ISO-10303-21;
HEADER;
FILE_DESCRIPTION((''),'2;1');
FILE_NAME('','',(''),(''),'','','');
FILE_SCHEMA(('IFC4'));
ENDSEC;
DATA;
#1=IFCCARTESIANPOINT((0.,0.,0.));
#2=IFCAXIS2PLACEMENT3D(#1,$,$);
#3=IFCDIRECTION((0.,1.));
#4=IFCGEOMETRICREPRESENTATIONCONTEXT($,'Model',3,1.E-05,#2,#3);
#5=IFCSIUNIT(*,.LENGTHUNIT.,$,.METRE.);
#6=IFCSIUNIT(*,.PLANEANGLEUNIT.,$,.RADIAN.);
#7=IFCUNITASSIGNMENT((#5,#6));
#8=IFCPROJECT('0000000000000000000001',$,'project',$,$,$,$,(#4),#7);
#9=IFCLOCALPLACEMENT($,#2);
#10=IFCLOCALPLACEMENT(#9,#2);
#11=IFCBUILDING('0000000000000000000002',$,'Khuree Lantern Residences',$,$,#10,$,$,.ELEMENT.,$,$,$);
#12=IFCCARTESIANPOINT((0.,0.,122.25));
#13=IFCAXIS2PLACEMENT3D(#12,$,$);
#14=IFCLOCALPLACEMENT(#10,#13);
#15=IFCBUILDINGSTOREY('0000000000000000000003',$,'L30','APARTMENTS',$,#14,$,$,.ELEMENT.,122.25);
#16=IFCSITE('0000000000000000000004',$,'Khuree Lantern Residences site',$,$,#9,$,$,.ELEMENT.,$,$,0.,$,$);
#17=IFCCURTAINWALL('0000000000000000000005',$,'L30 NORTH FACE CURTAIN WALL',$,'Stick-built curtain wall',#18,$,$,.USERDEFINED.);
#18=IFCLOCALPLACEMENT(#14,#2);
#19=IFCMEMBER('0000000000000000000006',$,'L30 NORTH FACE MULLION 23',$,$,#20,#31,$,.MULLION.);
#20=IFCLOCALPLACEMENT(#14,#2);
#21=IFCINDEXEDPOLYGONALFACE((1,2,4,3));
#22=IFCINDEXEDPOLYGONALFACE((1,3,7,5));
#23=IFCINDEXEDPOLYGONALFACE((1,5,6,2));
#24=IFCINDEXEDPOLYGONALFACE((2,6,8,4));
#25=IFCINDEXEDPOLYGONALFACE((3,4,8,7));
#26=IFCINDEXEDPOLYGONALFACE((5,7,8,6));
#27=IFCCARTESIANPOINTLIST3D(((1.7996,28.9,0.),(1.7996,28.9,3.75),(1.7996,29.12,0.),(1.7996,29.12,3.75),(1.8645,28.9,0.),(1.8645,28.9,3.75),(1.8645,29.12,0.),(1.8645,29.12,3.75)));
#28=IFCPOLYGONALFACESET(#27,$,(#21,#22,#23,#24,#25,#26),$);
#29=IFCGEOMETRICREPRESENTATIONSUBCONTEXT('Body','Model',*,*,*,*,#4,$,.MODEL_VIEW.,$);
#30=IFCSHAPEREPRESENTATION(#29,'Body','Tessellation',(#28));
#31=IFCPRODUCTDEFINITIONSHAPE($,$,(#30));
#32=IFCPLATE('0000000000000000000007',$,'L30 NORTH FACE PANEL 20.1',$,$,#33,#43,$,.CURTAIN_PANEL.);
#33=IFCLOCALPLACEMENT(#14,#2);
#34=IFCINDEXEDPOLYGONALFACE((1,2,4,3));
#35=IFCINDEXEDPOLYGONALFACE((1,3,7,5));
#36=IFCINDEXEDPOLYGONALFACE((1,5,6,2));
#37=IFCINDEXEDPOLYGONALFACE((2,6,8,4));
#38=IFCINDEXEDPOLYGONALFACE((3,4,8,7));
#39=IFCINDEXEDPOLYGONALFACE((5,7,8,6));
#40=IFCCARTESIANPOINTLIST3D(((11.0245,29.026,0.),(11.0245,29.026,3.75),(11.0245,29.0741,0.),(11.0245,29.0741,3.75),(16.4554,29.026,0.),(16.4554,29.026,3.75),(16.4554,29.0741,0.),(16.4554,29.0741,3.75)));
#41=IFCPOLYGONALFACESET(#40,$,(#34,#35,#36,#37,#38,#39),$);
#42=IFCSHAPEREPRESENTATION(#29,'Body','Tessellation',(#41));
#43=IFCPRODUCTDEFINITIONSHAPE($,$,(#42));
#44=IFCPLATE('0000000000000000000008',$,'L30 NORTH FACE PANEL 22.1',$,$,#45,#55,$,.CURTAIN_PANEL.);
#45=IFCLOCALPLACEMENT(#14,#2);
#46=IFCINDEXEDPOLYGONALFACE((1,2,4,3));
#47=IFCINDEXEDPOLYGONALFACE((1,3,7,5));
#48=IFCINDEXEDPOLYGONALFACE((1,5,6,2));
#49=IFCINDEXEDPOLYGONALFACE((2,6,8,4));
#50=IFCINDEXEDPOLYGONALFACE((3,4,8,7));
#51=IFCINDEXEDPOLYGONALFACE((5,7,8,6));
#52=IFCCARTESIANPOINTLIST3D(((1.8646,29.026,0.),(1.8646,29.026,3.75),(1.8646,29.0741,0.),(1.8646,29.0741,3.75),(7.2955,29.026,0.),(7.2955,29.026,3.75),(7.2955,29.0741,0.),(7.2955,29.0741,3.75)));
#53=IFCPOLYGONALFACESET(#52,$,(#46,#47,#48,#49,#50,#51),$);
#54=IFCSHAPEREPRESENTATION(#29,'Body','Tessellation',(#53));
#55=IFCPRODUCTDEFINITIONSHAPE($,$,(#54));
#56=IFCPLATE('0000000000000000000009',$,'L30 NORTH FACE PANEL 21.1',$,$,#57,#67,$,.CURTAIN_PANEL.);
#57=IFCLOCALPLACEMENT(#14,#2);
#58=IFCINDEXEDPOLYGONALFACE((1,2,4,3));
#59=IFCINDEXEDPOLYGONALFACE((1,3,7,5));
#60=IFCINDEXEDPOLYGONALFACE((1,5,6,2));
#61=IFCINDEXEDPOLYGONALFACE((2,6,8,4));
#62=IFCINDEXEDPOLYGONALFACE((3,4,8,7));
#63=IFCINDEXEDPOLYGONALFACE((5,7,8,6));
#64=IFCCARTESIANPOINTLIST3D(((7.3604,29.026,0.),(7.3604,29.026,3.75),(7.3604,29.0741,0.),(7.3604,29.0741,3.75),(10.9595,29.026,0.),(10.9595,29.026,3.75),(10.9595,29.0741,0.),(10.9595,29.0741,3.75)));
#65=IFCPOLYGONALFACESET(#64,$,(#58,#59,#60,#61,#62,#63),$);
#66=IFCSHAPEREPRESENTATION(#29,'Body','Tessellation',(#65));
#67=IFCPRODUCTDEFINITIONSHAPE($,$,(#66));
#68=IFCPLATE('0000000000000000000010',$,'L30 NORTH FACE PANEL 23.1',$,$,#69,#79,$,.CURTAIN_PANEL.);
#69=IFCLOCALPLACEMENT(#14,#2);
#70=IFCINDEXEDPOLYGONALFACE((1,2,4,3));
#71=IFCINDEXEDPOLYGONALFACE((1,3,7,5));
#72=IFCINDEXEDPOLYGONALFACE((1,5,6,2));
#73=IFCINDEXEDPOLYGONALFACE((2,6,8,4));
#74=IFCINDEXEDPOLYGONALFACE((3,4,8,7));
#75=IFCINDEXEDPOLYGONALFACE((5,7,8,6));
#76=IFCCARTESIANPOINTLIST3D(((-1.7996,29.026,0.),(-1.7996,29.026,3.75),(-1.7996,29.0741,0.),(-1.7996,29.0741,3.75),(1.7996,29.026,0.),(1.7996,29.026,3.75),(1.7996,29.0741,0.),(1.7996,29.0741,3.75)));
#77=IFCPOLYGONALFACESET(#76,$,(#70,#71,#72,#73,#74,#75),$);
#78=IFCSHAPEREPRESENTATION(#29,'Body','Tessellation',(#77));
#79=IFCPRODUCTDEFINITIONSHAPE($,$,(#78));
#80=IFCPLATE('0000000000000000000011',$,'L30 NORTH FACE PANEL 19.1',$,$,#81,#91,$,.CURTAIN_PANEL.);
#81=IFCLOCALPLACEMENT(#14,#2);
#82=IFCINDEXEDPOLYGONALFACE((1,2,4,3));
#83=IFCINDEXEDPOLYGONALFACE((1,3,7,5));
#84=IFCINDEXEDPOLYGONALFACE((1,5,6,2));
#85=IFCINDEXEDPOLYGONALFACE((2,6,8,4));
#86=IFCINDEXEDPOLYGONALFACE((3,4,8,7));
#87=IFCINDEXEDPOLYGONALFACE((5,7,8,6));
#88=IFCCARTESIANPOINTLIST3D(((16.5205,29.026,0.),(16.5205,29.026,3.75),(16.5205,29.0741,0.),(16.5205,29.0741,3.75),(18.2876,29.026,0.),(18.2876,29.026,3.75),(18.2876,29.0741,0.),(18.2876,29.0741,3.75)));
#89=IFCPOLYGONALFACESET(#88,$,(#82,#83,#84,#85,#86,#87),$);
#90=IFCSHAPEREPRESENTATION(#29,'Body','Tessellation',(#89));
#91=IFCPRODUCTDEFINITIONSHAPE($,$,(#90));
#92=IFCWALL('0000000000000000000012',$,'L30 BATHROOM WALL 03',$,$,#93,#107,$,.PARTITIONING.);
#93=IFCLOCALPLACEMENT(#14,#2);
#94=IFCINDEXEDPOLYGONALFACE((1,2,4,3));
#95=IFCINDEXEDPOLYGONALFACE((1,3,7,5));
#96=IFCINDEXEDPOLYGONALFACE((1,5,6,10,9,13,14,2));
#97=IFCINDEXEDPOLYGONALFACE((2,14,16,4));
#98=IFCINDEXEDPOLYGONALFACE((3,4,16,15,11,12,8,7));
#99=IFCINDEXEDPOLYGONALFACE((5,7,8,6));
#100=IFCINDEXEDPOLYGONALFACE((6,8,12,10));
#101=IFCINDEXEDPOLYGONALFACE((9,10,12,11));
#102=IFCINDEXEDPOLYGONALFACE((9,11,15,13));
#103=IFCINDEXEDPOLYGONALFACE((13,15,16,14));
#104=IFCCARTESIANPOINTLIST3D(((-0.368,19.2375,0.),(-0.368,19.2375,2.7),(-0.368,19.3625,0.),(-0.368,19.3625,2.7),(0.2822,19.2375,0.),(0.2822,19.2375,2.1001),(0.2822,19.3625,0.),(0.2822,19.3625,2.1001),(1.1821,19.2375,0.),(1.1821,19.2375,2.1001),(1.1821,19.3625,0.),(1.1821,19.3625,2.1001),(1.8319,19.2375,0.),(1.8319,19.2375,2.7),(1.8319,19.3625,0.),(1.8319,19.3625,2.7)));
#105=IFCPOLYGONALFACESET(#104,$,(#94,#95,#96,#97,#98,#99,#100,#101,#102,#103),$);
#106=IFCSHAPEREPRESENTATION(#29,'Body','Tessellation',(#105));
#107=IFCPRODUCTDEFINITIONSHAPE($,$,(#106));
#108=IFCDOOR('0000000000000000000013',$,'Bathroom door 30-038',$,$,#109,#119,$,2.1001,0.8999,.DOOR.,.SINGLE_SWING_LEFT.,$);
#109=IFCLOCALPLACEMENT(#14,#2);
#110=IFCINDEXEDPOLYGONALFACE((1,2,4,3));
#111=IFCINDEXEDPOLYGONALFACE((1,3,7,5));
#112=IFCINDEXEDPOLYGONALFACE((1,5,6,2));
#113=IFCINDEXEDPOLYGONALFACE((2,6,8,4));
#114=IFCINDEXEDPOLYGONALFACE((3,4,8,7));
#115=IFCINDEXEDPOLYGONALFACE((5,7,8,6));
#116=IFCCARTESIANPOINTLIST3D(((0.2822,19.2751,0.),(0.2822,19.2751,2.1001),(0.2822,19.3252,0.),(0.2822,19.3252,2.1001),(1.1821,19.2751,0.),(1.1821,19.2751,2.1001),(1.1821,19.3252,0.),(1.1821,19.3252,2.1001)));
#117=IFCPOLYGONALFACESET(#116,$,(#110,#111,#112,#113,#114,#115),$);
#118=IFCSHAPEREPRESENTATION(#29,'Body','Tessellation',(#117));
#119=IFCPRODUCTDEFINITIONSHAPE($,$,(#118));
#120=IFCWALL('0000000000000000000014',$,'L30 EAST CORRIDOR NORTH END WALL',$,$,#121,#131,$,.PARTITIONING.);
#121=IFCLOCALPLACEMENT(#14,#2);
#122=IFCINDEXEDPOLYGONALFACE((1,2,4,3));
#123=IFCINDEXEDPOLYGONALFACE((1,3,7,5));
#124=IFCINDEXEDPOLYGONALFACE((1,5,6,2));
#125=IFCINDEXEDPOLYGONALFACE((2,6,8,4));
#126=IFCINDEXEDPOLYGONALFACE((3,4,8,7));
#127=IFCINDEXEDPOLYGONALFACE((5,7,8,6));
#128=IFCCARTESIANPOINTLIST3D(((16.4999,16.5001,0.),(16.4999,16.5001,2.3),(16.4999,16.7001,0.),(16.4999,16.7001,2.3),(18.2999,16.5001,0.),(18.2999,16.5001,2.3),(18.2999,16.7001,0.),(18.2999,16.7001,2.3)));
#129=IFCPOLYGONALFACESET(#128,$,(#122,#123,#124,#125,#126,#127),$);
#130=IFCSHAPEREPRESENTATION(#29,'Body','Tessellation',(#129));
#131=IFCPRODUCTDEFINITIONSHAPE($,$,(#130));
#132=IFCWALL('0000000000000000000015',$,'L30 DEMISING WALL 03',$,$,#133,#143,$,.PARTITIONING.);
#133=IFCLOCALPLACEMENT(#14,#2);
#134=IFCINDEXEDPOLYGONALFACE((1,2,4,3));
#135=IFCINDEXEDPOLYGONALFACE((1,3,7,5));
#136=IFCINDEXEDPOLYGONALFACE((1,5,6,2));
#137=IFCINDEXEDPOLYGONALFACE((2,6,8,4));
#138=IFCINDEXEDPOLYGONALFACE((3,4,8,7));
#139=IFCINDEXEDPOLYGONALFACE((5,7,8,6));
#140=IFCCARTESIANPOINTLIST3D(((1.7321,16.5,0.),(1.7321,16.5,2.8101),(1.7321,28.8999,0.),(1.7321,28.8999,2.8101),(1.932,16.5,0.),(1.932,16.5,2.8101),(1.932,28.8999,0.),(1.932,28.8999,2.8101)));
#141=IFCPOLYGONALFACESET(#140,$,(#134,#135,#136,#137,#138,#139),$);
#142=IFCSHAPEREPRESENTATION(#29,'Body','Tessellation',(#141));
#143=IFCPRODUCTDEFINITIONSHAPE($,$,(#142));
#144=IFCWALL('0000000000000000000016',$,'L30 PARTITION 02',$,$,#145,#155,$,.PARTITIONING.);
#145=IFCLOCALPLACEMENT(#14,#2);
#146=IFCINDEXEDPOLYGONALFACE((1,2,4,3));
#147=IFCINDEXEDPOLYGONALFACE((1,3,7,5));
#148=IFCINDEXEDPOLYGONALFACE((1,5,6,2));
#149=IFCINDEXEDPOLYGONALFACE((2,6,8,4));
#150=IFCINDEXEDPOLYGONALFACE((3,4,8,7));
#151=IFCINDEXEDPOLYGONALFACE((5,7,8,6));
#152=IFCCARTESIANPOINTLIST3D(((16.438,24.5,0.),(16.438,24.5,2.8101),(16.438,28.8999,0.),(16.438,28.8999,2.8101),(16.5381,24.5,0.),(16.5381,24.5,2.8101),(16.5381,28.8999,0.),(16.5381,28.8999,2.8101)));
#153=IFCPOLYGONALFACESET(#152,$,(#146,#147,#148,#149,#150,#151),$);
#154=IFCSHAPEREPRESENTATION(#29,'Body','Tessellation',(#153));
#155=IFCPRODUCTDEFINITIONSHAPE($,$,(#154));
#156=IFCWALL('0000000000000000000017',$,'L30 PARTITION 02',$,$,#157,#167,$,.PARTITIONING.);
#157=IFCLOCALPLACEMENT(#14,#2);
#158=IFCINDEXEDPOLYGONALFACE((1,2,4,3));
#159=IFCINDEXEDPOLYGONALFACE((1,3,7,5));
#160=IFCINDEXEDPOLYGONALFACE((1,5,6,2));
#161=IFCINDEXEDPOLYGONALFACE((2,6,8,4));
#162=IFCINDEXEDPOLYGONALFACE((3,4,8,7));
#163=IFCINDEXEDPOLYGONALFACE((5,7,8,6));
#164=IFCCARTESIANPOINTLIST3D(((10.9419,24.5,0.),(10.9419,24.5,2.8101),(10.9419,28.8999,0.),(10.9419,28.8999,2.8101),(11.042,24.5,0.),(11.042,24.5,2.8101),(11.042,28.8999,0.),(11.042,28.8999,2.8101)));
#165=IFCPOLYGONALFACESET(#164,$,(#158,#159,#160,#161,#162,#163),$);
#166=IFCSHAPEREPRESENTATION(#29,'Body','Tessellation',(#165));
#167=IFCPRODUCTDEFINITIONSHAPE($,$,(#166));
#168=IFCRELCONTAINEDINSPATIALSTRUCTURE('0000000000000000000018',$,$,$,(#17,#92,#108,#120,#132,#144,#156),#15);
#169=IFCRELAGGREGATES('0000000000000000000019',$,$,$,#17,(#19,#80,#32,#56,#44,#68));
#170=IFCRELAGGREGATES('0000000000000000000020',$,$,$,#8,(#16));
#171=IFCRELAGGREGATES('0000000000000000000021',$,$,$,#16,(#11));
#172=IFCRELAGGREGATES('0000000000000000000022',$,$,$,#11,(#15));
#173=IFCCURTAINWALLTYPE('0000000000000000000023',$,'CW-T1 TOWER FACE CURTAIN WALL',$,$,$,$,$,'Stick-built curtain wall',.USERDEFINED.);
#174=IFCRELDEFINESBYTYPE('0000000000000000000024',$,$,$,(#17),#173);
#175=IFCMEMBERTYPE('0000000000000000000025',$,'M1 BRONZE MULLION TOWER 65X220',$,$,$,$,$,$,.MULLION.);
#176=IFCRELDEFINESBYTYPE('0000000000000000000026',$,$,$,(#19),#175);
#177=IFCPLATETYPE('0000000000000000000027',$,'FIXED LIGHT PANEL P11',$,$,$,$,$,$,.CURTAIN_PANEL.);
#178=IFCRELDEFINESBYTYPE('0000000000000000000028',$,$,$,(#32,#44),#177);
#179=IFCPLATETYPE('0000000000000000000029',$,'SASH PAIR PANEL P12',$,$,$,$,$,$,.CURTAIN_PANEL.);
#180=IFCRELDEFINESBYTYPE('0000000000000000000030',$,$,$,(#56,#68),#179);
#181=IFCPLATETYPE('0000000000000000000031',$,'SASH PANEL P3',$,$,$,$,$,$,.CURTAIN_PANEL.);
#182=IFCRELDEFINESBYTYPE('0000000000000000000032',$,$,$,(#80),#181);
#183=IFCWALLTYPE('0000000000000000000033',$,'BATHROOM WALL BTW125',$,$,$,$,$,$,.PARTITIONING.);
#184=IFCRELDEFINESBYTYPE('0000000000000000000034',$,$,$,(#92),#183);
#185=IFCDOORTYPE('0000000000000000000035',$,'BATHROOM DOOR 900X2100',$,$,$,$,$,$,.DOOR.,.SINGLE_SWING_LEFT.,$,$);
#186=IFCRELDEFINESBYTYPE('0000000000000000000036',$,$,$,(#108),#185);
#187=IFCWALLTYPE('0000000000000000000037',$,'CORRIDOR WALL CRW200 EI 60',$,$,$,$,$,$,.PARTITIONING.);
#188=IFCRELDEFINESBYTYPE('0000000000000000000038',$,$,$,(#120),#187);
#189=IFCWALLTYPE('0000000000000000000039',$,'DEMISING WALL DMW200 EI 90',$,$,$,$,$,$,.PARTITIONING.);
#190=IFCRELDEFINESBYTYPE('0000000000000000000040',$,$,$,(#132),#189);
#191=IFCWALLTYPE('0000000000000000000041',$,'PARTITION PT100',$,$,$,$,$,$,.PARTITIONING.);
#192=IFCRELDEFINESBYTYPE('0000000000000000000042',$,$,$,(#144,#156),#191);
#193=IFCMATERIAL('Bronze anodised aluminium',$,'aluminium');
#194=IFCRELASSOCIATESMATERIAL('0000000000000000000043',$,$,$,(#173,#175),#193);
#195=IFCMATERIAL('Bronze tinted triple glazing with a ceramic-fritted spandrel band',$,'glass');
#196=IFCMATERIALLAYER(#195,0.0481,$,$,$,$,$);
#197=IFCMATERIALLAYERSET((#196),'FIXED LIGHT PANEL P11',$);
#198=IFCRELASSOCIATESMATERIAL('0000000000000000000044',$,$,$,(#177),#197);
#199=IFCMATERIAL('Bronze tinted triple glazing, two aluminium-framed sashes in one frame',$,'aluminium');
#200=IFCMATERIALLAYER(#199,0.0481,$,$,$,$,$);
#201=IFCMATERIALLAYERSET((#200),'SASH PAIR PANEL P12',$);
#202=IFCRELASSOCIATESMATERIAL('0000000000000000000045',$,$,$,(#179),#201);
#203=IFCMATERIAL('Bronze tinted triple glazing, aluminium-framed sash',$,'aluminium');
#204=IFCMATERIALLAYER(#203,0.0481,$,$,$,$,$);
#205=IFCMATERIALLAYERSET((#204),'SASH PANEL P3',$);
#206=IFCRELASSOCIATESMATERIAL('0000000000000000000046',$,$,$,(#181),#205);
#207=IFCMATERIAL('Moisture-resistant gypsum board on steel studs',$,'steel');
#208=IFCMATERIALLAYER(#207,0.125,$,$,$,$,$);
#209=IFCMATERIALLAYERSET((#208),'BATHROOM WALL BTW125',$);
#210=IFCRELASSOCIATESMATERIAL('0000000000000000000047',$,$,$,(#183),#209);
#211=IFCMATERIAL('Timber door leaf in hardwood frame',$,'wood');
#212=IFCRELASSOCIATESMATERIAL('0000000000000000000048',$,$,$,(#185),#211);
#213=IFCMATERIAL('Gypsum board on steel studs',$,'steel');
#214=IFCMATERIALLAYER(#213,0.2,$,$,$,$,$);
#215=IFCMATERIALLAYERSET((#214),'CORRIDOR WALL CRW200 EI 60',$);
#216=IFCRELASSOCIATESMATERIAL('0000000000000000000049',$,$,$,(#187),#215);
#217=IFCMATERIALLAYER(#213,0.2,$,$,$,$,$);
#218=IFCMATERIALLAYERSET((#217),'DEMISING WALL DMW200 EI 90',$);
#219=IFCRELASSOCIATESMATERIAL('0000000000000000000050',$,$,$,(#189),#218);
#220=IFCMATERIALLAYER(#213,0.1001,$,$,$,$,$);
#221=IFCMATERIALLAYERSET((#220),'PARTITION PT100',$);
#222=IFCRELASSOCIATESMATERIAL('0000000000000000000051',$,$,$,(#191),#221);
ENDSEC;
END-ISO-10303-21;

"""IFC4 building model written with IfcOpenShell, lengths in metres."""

from ifc_helpers import new_model, si_unit, direction, frame, frame_2d, origin, origin_2d, place, context, subcontext, project, spatial, rectangle, extrude, material, layer, layer_set, material_profile, profile_set, type_object, element, fill, aggregate, save


model = new_model("IFC4")

# Units and contexts
model_context = context("Model", 3, precision=1e-05, world=origin(), true_north=direction((0.0, 1.0)))
body_context = subcontext(model_context, "Body", "Model", "MODEL_VIEW")
ifc_project = project(units=[si_unit("LENGTHUNIT", "METRE"), si_unit("PLANEANGLEUNIT", "RADIAN")], contexts=[model_context])

# Site, building, storey
site_placement = place(None, origin())
site = spatial("IfcSite", under=ifc_project, at=site_placement, Name="Khuree Lantern Residences site", CompositionType="ELEMENT", RefElevation=0.0)
building_placement = place(site_placement, origin())
building = spatial("IfcBuilding", under=site, at=building_placement, Name="Khuree Lantern Residences", CompositionType="ELEMENT")
storey_placement = place(building_placement, frame((0.0, 0.0, 122.25)))
storey = spatial("IfcBuildingStorey", under=building, at=storey_placement, Name="L30", Description="APARTMENTS", CompositionType="ELEMENT", Elevation=122.25)

# Curtain wall
ifc_material_1 = material(Name="Bronze anodised aluminium", Category="aluminium")
curtain_wall_type = type_object("IfcCurtainWallType", Name="CW-T1 TOWER FACE CURTAIN WALL", ElementType="Stick-built curtain wall", PredefinedType="USERDEFINED", material=ifc_material_1)
curtain_wall_placement = place(storey_placement, origin())
curtain_wall = element("IfcCurtainWall", 1, at=curtain_wall_placement, inside=storey, type_object=curtain_wall_type, Name="L30 NORTH FACE CURTAIN WALL", ObjectType="Stick-built curtain wall", PredefinedType="USERDEFINED")

# Member
ifc_material_profile_1 = material_profile(ifc_material_1, rectangle(XDim=0.0649, YDim=0.22, at=origin_2d()), Name="M1 65X220")
ifc_profile_set_1 = profile_set([ifc_material_profile_1], Name="Bronze anodised aluminium")
member_type_1 = type_object("IfcMemberType", Name="M1 BRONZE MULLION TOWER 65X220", PredefinedType="MULLION", material=ifc_profile_set_1)
member_1_placement = place(storey_placement, frame((1.832, 29.01, 0.0), z_axis=(0.0, 0.0, 1.0), x_axis=(-1.0, 0.0, 0.0)))
member_1 = element("IfcMember", 2, at=member_1_placement, type_object=member_type_1, Name="L30 NORTH FACE MULLION 23", PredefinedType="MULLION", context=body_context, shape_type="SweptSolid", body=[
    extrude(rectangle(XDim=0.0649, YDim=0.22, at=origin_2d()), origin(), (0.0, 0.0, 1.0), 3.75),
])

# Plates
ifc_material_2 = material(Name="Bronze tinted triple glazing with a ceramic-fritted spandrel band", Category="glass")
ifc_layer_1 = layer(ifc_material_2, 0.0481)
ifc_layer_set_1 = layer_set([ifc_layer_1], Name="FIXED LIGHT PANEL P11")
plate_type_1 = type_object("IfcPlateType", Name="FIXED LIGHT PANEL P11", PredefinedType="CURTAIN_PANEL", material=ifc_layer_set_1)
plate_1_placement = place(storey_placement, frame((13.74, 29.05, 0.0), z_axis=(0.0, 0.0, 1.0), x_axis=(-1.0, 0.0, 0.0)))
plate_1 = element("IfcPlate", 3, at=plate_1_placement, type_object=plate_type_1, Name="L30 NORTH FACE PANEL 20.1", PredefinedType="CURTAIN_PANEL", context=body_context, shape_type="SweptSolid", body=[
    extrude(rectangle(XDim=5.4309, YDim=0.0481, at=origin_2d()), origin(), (0.0, 0.0, 1.0), 3.75),
])
plate_2_placement = place(storey_placement, frame((4.5801, 29.05, 0.0), z_axis=(0.0, 0.0, 1.0), x_axis=(-1.0, 0.0, 0.0)))
plate_2 = element("IfcPlate", 4, at=plate_2_placement, type_object=plate_type_1, Name="L30 NORTH FACE PANEL 22.1", PredefinedType="CURTAIN_PANEL", context=body_context, shape_type="SweptSolid", body=[
    extrude(rectangle(XDim=5.4309, YDim=0.0481, at=origin_2d()), origin(), (0.0, 0.0, 1.0), 3.75),
])
ifc_material_3 = material(Name="Bronze tinted triple glazing, two aluminium-framed sashes in one frame", Category="aluminium")
ifc_layer_2 = layer(ifc_material_3, 0.0481)
ifc_layer_set_2 = layer_set([ifc_layer_2], Name="SASH PAIR PANEL P12")
plate_type_2 = type_object("IfcPlateType", Name="SASH PAIR PANEL P12", PredefinedType="CURTAIN_PANEL", material=ifc_layer_set_2)
plate_3_placement = place(storey_placement, frame((9.1599, 29.05, 0.0), z_axis=(0.0, 0.0, 1.0), x_axis=(-1.0, 0.0, 0.0)))
plate_3 = element("IfcPlate", 5, at=plate_3_placement, type_object=plate_type_2, Name="L30 NORTH FACE PANEL 21.1", PredefinedType="CURTAIN_PANEL", context=body_context, shape_type="SweptSolid", body=[
    extrude(rectangle(XDim=3.5991, YDim=0.0481, at=origin_2d()), origin(), (0.0, 0.0, 1.0), 3.75),
])
plate_4_placement = place(storey_placement, frame((0.0, 29.05, 0.0), z_axis=(0.0, 0.0, 1.0), x_axis=(-1.0, 0.0, 0.0)))
plate_4 = element("IfcPlate", 6, at=plate_4_placement, type_object=plate_type_2, Name="L30 NORTH FACE PANEL 23.1", PredefinedType="CURTAIN_PANEL", context=body_context, shape_type="SweptSolid", body=[
    extrude(rectangle(XDim=3.5991, YDim=0.0481, at=origin_2d()), origin(), (0.0, 0.0, 1.0), 3.75),
])
ifc_material_4 = material(Name="Bronze tinted triple glazing, aluminium-framed sash", Category="aluminium")
ifc_layer_3 = layer(ifc_material_4, 0.0481)
ifc_layer_set_3 = layer_set([ifc_layer_3], Name="SASH PANEL P3")
plate_type_3 = type_object("IfcPlateType", Name="SASH PANEL P3", PredefinedType="CURTAIN_PANEL", material=ifc_layer_set_3)
plate_5_placement = place(storey_placement, frame((17.4041, 29.05, 0.0), z_axis=(0.0, 0.0, 1.0), x_axis=(-1.0, 0.0, 0.0)))
plate_5 = element("IfcPlate", 7, at=plate_5_placement, type_object=plate_type_3, Name="L30 NORTH FACE PANEL 19.1", PredefinedType="CURTAIN_PANEL", context=body_context, shape_type="SweptSolid", body=[
    extrude(rectangle(XDim=1.7671, YDim=0.0481, at=origin_2d()), origin(), (0.0, 0.0, 1.0), 3.75),
])
aggregate(curtain_wall, [member_1, plate_5, plate_1, plate_3, plate_2, plate_4])

# Wall, opening, door
ifc_material_5 = material(Name="Moisture-resistant gypsum board on steel studs", Category="steel")
ifc_layer_4 = layer(ifc_material_5, 0.125)
ifc_layer_set_4 = layer_set([ifc_layer_4], Name="BATHROOM WALL BTW125")
wall_type_1 = type_object("IfcWallType", Name="BATHROOM WALL BTW125", PredefinedType="PARTITIONING", material=ifc_layer_set_4)
wall_1_placement = place(storey_placement, frame((1.832, 19.3, 0.0), z_axis=(0.0, 0.0, 1.0), x_axis=(-1.0, 0.0, 0.0)))
wall_1 = element("IfcWall", 8, at=wall_1_placement, inside=storey, type_object=wall_type_1, Name="L30 BATHROOM WALL 03", PredefinedType="PARTITIONING", context=body_context, shape_type="SweptSolid", body=[
    extrude(rectangle(XDim=2.2, YDim=0.125, at=frame_2d((1.1001, 0.0))), origin(), (0.0, 0.0, 1.0), 2.7),
])
opening_1_placement = place(wall_1_placement, frame((0.6499, 0.0, 0.0)))
opening_1 = element("IfcOpeningElement", 9, at=opening_1_placement, cuts=wall_1, PredefinedType="OPENING", context=body_context, shape_type="SweptSolid", body=[
    extrude(rectangle(XDim=0.8999, YDim=2.1001, at=frame_2d((0.45, 1.05))), frame((0.0, 0.0725, 0.0), z_axis=(0.0, -1.0, 0.0), x_axis=(1.0, 0.0, 0.0)), (0.0, 0.0, 1.0), 0.145),
])
ifc_material_6 = material(Name="Timber door leaf in hardwood frame", Category="wood")
door_type_1 = type_object("IfcDoorType", Name="BATHROOM DOOR 900X2100", OperationType="SINGLE_SWING_LEFT", PredefinedType="DOOR", material=ifc_material_6)
door_1_placement = place(opening_1_placement, origin())
door_1 = element("IfcDoor", 10, at=door_1_placement, inside=storey, type_object=door_type_1, Name="Bathroom door 30-038", OperationType="SINGLE_SWING_LEFT", OverallHeight=2.1001, OverallWidth=0.8999, PredefinedType="DOOR", context=body_context, shape_type="SweptSolid", body=[
    extrude(rectangle(XDim=0.8999, YDim=2.1001, at=frame_2d((0.45, 1.05))), frame((0.0, 0.0249, 0.0), z_axis=(0.0, -1.0, 0.0), x_axis=(1.0, 0.0, 0.0)), (0.0, 0.0, 1.0), 0.05),
])
fill(opening_1, door_1)

# Walls
ifc_material_7 = material(Name="Gypsum board on steel studs", Category="steel")
ifc_layer_5 = layer(ifc_material_7, 0.2)
ifc_layer_set_5 = layer_set([ifc_layer_5], Name="CORRIDOR WALL CRW200 EI 60")
wall_type_2 = type_object("IfcWallType", Name="CORRIDOR WALL CRW200 EI 60", PredefinedType="PARTITIONING", material=ifc_layer_set_5)
wall_2_placement = place(storey_placement, frame((16.5, 16.6001, 0.0), z_axis=(0.0, 0.0, 1.0), x_axis=(1.0, 0.0, 0.0)))
element("IfcWall", 11, at=wall_2_placement, inside=storey, type_object=wall_type_2, Name="L30 EAST CORRIDOR NORTH END WALL", PredefinedType="PARTITIONING", context=body_context, shape_type="SweptSolid", body=[
    extrude(rectangle(XDim=1.8, YDim=0.2, at=frame_2d((0.8999, 0.0))), origin(), (0.0, 0.0, 1.0), 2.3),
])
ifc_layer_6 = layer(ifc_material_7, 0.2)
ifc_layer_set_6 = layer_set([ifc_layer_6], Name="DEMISING WALL DMW200 EI 90")
wall_type_3 = type_object("IfcWallType", Name="DEMISING WALL DMW200 EI 90", PredefinedType="PARTITIONING", material=ifc_layer_set_6)
wall_3_placement = place(storey_placement, frame((1.832, 16.5, 0.0), z_axis=(0.0, 0.0, 1.0), x_axis=(0.0, 1.0, 0.0)))
element("IfcWall", 12, at=wall_3_placement, inside=storey, type_object=wall_type_3, Name="L30 DEMISING WALL 03", PredefinedType="PARTITIONING", context=body_context, shape_type="SweptSolid", body=[
    extrude(rectangle(XDim=12.3999, YDim=0.2, at=frame_2d((6.2, 0.0))), origin(), (0.0, 0.0, 1.0), 2.8101),
])
ifc_layer_7 = layer(ifc_material_7, 0.1001)
ifc_layer_set_7 = layer_set([ifc_layer_7], Name="PARTITION PT100")
wall_type_4 = type_object("IfcWallType", Name="PARTITION PT100", PredefinedType="PARTITIONING", material=ifc_layer_set_7)
for number, where, z_axis, x_axis, name in (
    (13, (16.488, 24.5, 0.0), (0.0, 0.0, 1.0), (0.0, 1.0, 0.0), "L30 PARTITION 02"),
    (14, (10.9919, 24.5, 0.0), (0.0, 0.0, 1.0), (0.0, 1.0, 0.0), "L30 PARTITION 02"),
):
    element("IfcWall", number, at=place(storey_placement, frame(where, z_axis=z_axis, x_axis=x_axis)), inside=storey, type_object=wall_type_4, Name=name, PredefinedType="PARTITIONING", context=body_context, shape_type="SweptSolid", body=[
        extrude(rectangle(XDim=4.3999, YDim=0.1001, at=frame_2d((2.2, 0.0))), origin(), (0.0, 0.0, 1.0), 2.8101),
    ])

save(model, "model.ifc")
